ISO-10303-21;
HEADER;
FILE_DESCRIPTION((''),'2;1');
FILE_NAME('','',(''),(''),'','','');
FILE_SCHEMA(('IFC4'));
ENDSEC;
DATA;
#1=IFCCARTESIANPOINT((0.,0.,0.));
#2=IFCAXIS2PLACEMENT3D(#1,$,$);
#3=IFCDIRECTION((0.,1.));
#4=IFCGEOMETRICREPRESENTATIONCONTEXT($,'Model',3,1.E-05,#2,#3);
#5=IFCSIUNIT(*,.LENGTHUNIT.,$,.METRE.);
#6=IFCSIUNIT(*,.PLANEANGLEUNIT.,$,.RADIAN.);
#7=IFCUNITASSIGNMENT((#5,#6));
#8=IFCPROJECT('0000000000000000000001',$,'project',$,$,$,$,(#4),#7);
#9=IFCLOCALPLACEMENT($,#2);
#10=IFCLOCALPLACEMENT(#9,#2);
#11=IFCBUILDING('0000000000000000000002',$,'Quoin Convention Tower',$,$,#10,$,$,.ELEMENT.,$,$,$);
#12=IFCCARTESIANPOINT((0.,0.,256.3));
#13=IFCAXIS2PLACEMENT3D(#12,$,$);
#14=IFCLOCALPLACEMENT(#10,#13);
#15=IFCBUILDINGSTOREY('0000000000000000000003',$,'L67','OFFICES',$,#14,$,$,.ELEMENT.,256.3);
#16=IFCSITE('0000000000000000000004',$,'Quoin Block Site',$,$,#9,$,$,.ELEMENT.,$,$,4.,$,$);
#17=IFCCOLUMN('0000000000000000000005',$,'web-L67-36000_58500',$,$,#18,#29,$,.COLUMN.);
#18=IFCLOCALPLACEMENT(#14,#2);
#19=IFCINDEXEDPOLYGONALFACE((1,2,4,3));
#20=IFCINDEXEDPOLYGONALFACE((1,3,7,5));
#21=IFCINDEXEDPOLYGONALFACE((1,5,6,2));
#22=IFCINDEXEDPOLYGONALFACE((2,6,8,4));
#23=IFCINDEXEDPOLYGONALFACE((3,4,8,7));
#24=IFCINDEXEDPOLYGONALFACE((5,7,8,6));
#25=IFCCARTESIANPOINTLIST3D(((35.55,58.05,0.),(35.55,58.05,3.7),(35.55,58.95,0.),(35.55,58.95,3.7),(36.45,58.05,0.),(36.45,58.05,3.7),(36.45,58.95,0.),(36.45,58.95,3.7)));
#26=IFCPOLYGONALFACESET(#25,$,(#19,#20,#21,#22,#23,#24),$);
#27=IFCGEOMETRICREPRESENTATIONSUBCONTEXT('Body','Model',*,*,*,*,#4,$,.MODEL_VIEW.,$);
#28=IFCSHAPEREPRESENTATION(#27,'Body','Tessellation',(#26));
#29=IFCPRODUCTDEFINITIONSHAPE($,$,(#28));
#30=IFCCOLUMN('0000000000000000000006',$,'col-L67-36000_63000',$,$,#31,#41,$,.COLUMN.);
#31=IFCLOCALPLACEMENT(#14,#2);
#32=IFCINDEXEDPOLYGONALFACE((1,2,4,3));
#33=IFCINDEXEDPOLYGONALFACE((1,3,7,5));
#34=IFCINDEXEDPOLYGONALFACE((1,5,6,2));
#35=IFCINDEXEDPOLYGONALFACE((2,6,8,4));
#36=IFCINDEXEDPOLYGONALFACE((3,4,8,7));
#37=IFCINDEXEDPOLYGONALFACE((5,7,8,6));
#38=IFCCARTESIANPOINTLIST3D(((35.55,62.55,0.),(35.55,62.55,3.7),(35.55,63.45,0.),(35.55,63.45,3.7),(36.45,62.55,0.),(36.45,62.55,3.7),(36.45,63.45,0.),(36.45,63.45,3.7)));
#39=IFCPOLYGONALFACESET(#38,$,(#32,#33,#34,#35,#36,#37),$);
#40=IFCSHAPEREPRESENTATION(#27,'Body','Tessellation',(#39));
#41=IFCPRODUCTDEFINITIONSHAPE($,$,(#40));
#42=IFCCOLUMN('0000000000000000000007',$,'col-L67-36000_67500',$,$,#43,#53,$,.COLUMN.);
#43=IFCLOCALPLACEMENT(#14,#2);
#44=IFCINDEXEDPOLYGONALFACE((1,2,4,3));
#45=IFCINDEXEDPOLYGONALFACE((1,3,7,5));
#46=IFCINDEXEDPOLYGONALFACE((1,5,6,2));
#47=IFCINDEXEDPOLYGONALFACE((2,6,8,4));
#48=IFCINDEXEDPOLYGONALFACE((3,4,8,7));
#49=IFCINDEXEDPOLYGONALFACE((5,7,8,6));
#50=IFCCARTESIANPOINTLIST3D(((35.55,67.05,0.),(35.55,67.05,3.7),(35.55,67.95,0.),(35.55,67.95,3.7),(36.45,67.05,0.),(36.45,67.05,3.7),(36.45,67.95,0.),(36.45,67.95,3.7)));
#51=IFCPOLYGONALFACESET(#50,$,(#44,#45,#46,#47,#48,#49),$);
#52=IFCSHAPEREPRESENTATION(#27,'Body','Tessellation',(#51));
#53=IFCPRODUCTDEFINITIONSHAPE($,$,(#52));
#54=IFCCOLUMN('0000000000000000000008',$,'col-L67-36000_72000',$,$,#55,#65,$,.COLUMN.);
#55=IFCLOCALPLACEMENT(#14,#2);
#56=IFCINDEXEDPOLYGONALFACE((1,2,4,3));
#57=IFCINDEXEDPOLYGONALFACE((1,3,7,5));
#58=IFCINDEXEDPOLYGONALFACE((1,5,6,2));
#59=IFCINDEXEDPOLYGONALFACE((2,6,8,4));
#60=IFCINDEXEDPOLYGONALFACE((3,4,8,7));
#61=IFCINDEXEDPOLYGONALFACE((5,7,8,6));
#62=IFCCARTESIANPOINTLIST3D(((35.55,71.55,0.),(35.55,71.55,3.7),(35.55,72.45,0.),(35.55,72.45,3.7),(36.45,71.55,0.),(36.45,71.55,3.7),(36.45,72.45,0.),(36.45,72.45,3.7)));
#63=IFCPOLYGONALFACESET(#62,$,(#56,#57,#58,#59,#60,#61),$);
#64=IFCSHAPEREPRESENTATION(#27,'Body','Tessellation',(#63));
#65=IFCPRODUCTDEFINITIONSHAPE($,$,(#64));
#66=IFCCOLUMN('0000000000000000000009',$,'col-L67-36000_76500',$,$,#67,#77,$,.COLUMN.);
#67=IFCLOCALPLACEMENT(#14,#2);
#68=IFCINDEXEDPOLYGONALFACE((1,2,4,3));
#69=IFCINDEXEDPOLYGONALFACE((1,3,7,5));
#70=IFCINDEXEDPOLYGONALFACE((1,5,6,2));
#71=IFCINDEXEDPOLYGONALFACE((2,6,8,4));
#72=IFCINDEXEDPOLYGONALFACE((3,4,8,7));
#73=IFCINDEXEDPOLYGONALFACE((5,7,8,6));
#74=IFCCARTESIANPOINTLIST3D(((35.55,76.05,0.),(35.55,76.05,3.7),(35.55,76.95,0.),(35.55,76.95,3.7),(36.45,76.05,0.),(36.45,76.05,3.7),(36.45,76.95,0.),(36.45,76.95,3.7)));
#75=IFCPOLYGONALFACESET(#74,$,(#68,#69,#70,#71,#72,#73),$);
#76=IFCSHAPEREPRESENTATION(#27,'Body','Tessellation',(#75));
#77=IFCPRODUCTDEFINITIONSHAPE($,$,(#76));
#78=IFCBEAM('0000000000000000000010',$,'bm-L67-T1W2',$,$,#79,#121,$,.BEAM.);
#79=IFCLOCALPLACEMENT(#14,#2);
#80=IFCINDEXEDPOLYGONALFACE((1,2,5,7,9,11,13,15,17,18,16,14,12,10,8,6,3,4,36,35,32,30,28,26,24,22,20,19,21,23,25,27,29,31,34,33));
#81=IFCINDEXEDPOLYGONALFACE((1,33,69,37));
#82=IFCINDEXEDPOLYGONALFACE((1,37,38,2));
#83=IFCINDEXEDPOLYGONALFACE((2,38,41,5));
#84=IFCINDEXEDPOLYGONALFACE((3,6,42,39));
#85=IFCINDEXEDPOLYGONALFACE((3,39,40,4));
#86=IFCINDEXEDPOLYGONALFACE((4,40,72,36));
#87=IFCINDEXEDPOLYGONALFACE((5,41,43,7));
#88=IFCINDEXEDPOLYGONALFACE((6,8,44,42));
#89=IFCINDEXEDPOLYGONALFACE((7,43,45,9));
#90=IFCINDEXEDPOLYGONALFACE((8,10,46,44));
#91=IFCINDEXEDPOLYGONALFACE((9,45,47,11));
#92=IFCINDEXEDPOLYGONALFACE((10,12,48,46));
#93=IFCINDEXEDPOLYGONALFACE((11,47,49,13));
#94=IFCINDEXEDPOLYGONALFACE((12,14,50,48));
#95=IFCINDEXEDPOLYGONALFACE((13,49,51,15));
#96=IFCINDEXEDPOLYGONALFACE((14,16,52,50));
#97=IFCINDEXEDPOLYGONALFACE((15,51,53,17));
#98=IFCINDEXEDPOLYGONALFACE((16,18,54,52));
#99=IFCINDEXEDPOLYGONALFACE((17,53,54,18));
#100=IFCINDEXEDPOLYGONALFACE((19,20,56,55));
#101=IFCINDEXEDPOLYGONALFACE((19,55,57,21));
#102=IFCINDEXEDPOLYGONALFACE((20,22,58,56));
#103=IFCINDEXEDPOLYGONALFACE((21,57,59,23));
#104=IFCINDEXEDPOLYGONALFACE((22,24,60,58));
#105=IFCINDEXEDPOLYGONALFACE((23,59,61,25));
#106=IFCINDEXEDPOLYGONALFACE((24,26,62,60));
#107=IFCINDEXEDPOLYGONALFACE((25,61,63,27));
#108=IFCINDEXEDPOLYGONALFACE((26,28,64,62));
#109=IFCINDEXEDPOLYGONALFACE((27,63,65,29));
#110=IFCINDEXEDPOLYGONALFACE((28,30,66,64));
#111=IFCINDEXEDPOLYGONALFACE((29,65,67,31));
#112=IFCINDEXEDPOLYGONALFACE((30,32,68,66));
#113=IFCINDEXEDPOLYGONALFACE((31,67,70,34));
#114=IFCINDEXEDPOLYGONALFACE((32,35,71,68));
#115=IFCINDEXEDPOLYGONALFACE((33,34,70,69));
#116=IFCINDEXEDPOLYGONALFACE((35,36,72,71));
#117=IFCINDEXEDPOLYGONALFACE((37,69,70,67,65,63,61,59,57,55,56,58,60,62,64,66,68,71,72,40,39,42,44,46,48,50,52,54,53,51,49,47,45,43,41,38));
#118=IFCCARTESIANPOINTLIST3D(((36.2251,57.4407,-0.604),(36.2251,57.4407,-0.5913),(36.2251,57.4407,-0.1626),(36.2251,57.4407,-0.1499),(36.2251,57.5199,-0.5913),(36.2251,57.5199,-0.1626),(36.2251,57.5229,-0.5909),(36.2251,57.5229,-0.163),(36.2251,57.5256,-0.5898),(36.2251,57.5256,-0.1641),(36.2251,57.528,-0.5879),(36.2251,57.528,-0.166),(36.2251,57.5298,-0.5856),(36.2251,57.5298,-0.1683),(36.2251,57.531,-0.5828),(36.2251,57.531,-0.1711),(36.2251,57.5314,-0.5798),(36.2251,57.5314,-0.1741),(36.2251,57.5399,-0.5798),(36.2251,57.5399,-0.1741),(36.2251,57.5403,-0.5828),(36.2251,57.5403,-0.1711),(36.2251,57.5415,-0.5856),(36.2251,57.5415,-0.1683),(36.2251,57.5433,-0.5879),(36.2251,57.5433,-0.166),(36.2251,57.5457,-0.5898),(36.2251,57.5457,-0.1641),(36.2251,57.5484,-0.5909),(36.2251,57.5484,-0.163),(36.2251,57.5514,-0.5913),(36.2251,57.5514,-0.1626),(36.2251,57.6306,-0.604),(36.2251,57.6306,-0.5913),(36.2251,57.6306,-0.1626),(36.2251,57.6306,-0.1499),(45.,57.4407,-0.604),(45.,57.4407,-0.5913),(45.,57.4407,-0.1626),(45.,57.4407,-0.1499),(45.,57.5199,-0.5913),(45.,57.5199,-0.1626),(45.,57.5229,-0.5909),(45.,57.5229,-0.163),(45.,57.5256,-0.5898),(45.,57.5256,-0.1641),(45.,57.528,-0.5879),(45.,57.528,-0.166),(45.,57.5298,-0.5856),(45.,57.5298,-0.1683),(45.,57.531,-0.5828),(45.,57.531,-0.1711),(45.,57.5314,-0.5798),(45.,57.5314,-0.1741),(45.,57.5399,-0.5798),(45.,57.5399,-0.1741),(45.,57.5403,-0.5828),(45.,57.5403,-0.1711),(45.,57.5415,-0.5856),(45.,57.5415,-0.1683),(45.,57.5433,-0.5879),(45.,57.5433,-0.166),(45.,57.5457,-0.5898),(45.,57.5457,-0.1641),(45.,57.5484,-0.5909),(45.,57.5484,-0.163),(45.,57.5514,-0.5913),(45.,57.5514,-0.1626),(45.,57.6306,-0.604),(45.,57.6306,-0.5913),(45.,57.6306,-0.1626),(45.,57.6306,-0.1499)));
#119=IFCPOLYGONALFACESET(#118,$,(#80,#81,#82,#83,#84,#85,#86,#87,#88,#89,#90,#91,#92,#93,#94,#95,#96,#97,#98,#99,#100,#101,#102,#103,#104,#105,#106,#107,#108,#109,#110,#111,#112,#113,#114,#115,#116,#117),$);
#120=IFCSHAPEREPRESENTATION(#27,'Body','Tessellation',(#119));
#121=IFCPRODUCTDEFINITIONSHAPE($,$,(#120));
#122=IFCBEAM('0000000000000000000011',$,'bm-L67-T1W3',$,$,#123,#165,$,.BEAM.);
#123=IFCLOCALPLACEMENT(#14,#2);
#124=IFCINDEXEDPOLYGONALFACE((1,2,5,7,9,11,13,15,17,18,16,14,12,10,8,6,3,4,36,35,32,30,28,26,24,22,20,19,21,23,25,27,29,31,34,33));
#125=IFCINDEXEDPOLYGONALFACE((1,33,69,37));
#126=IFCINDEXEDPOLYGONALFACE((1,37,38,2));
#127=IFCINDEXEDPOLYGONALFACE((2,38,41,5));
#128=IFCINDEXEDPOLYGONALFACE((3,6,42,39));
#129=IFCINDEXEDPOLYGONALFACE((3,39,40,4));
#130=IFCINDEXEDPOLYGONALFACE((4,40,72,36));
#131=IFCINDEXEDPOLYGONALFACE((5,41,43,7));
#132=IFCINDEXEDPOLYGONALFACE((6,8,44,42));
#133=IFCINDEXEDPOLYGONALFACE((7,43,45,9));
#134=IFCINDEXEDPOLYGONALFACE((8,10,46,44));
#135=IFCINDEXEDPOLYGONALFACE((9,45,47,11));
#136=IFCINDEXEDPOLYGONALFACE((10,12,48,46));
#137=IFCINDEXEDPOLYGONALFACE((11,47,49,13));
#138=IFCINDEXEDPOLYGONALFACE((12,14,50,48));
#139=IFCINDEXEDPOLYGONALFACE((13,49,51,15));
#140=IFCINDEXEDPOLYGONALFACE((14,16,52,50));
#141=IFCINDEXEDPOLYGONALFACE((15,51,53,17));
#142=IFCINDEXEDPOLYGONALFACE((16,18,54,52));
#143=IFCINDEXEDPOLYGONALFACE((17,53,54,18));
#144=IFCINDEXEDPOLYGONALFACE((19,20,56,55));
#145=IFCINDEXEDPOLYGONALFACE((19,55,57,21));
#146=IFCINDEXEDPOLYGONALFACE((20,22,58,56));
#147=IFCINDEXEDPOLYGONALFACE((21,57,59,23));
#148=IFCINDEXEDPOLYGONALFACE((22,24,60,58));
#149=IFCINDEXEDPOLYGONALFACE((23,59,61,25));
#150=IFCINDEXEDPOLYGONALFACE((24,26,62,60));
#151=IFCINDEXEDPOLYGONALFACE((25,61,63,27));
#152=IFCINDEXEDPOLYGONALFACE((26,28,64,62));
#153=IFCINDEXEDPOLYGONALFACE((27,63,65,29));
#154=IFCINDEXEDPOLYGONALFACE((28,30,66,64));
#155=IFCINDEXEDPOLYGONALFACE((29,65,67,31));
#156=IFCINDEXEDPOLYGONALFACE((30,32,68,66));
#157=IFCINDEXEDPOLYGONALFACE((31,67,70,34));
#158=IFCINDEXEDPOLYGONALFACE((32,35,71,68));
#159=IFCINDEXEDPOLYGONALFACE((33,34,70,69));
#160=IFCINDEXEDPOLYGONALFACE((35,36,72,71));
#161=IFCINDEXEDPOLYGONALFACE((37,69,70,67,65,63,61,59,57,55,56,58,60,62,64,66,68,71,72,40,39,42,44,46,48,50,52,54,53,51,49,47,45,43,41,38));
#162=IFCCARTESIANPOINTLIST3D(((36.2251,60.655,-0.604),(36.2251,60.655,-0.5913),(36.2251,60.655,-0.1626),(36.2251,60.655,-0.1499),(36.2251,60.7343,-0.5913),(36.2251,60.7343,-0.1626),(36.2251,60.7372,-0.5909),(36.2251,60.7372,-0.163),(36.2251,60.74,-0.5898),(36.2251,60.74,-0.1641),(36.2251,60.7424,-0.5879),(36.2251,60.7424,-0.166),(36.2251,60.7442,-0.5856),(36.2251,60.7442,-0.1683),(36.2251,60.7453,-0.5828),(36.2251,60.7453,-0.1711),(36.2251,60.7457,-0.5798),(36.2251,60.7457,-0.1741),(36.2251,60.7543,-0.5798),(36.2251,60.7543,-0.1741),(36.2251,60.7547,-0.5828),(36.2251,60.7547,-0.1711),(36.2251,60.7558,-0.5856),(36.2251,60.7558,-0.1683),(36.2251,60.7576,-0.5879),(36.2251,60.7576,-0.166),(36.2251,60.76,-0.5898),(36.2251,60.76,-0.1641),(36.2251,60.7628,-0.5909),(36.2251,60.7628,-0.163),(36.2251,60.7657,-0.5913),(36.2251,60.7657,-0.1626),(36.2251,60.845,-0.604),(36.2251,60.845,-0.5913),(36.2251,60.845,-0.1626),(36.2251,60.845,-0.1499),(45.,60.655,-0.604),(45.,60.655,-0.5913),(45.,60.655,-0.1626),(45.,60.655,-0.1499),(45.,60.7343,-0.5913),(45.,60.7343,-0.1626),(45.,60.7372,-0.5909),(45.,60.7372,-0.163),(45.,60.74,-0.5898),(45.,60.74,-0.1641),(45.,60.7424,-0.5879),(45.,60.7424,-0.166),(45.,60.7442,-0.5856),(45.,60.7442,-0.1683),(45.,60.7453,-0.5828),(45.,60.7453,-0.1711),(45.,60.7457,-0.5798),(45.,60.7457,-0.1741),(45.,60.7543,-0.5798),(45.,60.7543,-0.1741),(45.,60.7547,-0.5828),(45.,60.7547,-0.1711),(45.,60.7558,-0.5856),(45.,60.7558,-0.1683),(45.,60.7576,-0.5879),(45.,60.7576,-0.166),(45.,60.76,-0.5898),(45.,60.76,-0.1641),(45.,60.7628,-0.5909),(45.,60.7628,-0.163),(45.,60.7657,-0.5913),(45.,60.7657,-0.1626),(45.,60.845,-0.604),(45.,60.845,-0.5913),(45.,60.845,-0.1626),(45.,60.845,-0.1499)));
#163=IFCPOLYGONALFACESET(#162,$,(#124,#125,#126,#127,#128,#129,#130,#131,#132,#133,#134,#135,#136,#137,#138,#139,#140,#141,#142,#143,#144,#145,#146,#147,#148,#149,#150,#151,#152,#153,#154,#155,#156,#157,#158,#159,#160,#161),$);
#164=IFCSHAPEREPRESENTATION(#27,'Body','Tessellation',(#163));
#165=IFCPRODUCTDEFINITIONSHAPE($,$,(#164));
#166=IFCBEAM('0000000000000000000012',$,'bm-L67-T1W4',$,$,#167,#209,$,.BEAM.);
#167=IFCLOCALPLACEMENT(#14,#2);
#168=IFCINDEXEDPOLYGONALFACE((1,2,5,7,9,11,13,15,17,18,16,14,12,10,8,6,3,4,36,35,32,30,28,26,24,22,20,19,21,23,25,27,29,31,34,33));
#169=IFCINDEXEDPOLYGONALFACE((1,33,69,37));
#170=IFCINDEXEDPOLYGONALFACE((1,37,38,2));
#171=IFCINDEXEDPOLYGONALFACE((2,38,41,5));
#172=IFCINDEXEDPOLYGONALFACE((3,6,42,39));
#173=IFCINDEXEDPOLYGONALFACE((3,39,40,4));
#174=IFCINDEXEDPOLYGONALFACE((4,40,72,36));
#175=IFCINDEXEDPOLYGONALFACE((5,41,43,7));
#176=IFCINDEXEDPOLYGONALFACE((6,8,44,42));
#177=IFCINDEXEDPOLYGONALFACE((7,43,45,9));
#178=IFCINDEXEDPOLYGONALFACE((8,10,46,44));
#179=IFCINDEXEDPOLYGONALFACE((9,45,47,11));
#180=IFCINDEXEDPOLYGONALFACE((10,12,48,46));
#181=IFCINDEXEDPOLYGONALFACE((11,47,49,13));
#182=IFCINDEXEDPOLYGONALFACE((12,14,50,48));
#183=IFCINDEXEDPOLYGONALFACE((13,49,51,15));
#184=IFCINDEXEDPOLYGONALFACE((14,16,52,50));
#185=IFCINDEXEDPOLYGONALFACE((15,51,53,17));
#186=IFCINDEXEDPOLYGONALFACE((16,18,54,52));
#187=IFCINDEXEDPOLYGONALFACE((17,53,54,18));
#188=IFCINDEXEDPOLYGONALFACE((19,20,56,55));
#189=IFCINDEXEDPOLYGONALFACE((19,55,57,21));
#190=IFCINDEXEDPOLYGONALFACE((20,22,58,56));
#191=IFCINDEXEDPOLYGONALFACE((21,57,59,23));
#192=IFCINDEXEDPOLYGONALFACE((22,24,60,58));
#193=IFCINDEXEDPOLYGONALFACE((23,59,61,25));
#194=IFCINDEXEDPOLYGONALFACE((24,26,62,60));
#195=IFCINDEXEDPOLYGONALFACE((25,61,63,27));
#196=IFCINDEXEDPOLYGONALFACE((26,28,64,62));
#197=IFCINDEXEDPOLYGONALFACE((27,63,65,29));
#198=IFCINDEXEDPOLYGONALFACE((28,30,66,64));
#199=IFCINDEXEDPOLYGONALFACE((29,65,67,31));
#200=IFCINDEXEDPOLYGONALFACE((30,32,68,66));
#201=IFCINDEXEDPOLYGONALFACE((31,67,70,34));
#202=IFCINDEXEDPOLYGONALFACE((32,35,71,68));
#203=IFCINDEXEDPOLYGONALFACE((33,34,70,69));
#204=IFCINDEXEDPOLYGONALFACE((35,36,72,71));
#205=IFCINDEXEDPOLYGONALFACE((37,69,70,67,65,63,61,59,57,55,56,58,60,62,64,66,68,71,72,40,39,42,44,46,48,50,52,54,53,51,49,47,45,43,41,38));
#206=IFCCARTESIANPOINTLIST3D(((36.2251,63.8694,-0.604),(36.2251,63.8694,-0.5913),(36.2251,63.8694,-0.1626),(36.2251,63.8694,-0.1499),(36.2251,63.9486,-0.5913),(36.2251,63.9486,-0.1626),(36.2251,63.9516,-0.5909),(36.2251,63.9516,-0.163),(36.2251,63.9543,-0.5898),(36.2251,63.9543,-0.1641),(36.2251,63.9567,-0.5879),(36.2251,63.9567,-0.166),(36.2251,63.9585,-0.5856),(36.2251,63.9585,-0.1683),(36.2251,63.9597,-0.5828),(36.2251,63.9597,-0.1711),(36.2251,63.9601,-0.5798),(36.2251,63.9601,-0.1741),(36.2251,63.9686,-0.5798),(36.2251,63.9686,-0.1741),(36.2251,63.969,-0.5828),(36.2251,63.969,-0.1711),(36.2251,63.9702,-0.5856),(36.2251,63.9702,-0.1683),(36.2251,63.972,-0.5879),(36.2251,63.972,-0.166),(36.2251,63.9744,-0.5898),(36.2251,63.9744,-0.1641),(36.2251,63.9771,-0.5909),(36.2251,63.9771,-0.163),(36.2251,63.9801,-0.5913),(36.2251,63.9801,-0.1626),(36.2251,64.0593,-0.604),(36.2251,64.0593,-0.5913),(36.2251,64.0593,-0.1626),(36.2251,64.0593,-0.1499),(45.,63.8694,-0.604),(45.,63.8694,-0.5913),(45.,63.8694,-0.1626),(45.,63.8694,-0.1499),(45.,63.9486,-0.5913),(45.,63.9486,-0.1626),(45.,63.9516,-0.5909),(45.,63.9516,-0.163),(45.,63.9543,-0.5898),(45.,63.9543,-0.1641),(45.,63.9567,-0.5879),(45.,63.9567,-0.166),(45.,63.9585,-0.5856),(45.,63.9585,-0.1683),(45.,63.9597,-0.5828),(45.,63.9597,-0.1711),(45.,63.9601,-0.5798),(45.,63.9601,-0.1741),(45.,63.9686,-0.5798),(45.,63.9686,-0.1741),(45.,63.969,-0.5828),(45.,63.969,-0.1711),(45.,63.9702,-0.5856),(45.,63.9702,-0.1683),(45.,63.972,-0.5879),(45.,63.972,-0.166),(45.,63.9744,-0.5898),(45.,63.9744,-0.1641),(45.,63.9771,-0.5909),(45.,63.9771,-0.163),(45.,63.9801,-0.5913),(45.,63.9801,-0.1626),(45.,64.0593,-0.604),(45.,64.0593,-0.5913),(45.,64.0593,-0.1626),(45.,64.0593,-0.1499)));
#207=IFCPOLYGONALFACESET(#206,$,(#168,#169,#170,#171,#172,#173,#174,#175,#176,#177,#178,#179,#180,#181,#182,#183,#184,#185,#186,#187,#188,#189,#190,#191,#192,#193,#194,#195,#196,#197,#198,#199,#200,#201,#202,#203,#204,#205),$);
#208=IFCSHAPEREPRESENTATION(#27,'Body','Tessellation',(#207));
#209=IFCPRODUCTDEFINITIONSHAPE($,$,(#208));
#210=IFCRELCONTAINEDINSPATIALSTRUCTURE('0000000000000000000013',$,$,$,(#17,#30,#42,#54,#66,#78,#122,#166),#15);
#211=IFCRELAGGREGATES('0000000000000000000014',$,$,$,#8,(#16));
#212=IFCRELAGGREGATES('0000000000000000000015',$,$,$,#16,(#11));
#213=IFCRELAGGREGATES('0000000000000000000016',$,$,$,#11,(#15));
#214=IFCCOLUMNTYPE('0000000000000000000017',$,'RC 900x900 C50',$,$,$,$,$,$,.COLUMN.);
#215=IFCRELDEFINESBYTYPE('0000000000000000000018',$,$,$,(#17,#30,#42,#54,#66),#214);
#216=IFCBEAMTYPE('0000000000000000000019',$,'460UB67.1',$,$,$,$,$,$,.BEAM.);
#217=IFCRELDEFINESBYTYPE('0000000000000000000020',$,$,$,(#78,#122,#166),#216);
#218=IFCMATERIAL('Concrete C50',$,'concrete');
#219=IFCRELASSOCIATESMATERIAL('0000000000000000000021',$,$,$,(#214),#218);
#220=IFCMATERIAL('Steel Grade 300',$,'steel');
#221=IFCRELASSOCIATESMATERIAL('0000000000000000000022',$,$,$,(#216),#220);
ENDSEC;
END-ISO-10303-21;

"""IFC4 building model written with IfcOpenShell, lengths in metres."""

from ifc_helpers import new_model, si_unit, direction, frame, origin, origin_2d, place, context, subcontext, project, spatial, rectangle, i_section, extrude, material, material_profile, profile_set, type_object, element, save


model = new_model("IFC4")

# Units and contexts
model_context = context("Model", 3, precision=1e-05, world=origin(), true_north=direction((0.0, 1.0)))
body_context = subcontext(model_context, "Body", "Model", "MODEL_VIEW")
ifc_project = project(units=[si_unit("LENGTHUNIT", "METRE"), si_unit("PLANEANGLEUNIT", "RADIAN")], contexts=[model_context])

# Site, building, storey
site_placement = place(None, origin())
site = spatial("IfcSite", under=ifc_project, at=site_placement, Name="Quoin Block Site", CompositionType="ELEMENT", RefElevation=4.0)
building_placement = place(site_placement, origin())
building = spatial("IfcBuilding", under=site, at=building_placement, Name="Quoin Convention Tower", CompositionType="ELEMENT")
storey_placement = place(building_placement, frame((0.0, 0.0, 256.3)))
storey = spatial("IfcBuildingStorey", under=building, at=storey_placement, Name="L67", Description="OFFICES", CompositionType="ELEMENT", Elevation=256.3)

# Columns
ifc_material_1 = material(Name="Concrete C50", Category="concrete")
ifc_material_profile_1 = material_profile(ifc_material_1, rectangle(XDim=0.8999, YDim=0.8999, at=origin_2d()), Name="RC 900x900")
ifc_profile_set_1 = profile_set([ifc_material_profile_1], Name="Concrete C50")
column_type = type_object("IfcColumnType", Name="RC 900x900 C50", PredefinedType="COLUMN", material=ifc_profile_set_1)
for number, where, z_axis, x_axis, name in (
    (1, (36.0, 58.5, 0.0), (0.0, 0.0, 1.0), (1.0, 0.0, 0.0), "web-L67-36000_58500"),
    (2, (36.0, 63.0, 0.0), (0.0, 0.0, 1.0), (1.0, 0.0, 0.0), "col-L67-36000_63000"),
    (3, (36.0, 67.5, 0.0), (0.0, 0.0, 1.0), (1.0, 0.0, 0.0), "col-L67-36000_67500"),
    (4, (36.0, 72.0, 0.0), (0.0, 0.0, 1.0), (1.0, 0.0, 0.0), "col-L67-36000_72000"),
    (5, (36.0, 76.5, 0.0), (0.0, 0.0, 1.0), (1.0, 0.0, 0.0), "col-L67-36000_76500"),
):
    element("IfcColumn", number, at=place(storey_placement, frame(where, z_axis=z_axis, x_axis=x_axis)), inside=storey, type_object=column_type, Name=name, PredefinedType="COLUMN", context=body_context, shape_type="SweptSolid", body=[
        extrude(rectangle(XDim=0.8999, YDim=0.8999, at=origin_2d()), origin(), (0.0, 0.0, 1.0), 3.7),
    ])

# Beams
ifc_material_2 = material(Name="Steel Grade 300", Category="steel")
ifc_material_profile_2 = material_profile(ifc_material_2, i_section(OverallWidth=0.1899, OverallDepth=0.4541, WebThickness=0.0085, FlangeThickness=0.0127, FilletRadius=0.0115, at=origin_2d()), Name="460UB67.1")
ifc_profile_set_2 = profile_set([ifc_material_profile_2], Name="Steel Grade 300")
beam_type_1 = type_object("IfcBeamType", Name="460UB67.1", PredefinedType="BEAM", material=ifc_profile_set_2)
for number, where, z_axis, x_axis, name in (
    (6, (36.2251, 57.5356, -0.377), (1.0, 0.0, 0.0), (0.0, 1.0, 0.0), "bm-L67-T1W2"),
    (7, (36.2251, 60.75, -0.377), (1.0, 0.0, 0.0), (0.0, 1.0, 0.0), "bm-L67-T1W3"),
    (8, (36.2251, 63.9644, -0.377), (1.0, 0.0, 0.0), (0.0, 1.0, 0.0), "bm-L67-T1W4"),
):
    element("IfcBeam", number, at=place(storey_placement, frame(where, z_axis=z_axis, x_axis=x_axis)), inside=storey, type_object=beam_type_1, Name=name, PredefinedType="BEAM", context=body_context, shape_type="SweptSolid", body=[
        extrude(i_section(OverallWidth=0.1899, OverallDepth=0.4541, WebThickness=0.0085, FlangeThickness=0.0127, FilletRadius=0.0115, at=origin_2d()), origin(), (0.0, 0.0, 1.0), 8.7749),
    ])

save(model, "model.ifc")
